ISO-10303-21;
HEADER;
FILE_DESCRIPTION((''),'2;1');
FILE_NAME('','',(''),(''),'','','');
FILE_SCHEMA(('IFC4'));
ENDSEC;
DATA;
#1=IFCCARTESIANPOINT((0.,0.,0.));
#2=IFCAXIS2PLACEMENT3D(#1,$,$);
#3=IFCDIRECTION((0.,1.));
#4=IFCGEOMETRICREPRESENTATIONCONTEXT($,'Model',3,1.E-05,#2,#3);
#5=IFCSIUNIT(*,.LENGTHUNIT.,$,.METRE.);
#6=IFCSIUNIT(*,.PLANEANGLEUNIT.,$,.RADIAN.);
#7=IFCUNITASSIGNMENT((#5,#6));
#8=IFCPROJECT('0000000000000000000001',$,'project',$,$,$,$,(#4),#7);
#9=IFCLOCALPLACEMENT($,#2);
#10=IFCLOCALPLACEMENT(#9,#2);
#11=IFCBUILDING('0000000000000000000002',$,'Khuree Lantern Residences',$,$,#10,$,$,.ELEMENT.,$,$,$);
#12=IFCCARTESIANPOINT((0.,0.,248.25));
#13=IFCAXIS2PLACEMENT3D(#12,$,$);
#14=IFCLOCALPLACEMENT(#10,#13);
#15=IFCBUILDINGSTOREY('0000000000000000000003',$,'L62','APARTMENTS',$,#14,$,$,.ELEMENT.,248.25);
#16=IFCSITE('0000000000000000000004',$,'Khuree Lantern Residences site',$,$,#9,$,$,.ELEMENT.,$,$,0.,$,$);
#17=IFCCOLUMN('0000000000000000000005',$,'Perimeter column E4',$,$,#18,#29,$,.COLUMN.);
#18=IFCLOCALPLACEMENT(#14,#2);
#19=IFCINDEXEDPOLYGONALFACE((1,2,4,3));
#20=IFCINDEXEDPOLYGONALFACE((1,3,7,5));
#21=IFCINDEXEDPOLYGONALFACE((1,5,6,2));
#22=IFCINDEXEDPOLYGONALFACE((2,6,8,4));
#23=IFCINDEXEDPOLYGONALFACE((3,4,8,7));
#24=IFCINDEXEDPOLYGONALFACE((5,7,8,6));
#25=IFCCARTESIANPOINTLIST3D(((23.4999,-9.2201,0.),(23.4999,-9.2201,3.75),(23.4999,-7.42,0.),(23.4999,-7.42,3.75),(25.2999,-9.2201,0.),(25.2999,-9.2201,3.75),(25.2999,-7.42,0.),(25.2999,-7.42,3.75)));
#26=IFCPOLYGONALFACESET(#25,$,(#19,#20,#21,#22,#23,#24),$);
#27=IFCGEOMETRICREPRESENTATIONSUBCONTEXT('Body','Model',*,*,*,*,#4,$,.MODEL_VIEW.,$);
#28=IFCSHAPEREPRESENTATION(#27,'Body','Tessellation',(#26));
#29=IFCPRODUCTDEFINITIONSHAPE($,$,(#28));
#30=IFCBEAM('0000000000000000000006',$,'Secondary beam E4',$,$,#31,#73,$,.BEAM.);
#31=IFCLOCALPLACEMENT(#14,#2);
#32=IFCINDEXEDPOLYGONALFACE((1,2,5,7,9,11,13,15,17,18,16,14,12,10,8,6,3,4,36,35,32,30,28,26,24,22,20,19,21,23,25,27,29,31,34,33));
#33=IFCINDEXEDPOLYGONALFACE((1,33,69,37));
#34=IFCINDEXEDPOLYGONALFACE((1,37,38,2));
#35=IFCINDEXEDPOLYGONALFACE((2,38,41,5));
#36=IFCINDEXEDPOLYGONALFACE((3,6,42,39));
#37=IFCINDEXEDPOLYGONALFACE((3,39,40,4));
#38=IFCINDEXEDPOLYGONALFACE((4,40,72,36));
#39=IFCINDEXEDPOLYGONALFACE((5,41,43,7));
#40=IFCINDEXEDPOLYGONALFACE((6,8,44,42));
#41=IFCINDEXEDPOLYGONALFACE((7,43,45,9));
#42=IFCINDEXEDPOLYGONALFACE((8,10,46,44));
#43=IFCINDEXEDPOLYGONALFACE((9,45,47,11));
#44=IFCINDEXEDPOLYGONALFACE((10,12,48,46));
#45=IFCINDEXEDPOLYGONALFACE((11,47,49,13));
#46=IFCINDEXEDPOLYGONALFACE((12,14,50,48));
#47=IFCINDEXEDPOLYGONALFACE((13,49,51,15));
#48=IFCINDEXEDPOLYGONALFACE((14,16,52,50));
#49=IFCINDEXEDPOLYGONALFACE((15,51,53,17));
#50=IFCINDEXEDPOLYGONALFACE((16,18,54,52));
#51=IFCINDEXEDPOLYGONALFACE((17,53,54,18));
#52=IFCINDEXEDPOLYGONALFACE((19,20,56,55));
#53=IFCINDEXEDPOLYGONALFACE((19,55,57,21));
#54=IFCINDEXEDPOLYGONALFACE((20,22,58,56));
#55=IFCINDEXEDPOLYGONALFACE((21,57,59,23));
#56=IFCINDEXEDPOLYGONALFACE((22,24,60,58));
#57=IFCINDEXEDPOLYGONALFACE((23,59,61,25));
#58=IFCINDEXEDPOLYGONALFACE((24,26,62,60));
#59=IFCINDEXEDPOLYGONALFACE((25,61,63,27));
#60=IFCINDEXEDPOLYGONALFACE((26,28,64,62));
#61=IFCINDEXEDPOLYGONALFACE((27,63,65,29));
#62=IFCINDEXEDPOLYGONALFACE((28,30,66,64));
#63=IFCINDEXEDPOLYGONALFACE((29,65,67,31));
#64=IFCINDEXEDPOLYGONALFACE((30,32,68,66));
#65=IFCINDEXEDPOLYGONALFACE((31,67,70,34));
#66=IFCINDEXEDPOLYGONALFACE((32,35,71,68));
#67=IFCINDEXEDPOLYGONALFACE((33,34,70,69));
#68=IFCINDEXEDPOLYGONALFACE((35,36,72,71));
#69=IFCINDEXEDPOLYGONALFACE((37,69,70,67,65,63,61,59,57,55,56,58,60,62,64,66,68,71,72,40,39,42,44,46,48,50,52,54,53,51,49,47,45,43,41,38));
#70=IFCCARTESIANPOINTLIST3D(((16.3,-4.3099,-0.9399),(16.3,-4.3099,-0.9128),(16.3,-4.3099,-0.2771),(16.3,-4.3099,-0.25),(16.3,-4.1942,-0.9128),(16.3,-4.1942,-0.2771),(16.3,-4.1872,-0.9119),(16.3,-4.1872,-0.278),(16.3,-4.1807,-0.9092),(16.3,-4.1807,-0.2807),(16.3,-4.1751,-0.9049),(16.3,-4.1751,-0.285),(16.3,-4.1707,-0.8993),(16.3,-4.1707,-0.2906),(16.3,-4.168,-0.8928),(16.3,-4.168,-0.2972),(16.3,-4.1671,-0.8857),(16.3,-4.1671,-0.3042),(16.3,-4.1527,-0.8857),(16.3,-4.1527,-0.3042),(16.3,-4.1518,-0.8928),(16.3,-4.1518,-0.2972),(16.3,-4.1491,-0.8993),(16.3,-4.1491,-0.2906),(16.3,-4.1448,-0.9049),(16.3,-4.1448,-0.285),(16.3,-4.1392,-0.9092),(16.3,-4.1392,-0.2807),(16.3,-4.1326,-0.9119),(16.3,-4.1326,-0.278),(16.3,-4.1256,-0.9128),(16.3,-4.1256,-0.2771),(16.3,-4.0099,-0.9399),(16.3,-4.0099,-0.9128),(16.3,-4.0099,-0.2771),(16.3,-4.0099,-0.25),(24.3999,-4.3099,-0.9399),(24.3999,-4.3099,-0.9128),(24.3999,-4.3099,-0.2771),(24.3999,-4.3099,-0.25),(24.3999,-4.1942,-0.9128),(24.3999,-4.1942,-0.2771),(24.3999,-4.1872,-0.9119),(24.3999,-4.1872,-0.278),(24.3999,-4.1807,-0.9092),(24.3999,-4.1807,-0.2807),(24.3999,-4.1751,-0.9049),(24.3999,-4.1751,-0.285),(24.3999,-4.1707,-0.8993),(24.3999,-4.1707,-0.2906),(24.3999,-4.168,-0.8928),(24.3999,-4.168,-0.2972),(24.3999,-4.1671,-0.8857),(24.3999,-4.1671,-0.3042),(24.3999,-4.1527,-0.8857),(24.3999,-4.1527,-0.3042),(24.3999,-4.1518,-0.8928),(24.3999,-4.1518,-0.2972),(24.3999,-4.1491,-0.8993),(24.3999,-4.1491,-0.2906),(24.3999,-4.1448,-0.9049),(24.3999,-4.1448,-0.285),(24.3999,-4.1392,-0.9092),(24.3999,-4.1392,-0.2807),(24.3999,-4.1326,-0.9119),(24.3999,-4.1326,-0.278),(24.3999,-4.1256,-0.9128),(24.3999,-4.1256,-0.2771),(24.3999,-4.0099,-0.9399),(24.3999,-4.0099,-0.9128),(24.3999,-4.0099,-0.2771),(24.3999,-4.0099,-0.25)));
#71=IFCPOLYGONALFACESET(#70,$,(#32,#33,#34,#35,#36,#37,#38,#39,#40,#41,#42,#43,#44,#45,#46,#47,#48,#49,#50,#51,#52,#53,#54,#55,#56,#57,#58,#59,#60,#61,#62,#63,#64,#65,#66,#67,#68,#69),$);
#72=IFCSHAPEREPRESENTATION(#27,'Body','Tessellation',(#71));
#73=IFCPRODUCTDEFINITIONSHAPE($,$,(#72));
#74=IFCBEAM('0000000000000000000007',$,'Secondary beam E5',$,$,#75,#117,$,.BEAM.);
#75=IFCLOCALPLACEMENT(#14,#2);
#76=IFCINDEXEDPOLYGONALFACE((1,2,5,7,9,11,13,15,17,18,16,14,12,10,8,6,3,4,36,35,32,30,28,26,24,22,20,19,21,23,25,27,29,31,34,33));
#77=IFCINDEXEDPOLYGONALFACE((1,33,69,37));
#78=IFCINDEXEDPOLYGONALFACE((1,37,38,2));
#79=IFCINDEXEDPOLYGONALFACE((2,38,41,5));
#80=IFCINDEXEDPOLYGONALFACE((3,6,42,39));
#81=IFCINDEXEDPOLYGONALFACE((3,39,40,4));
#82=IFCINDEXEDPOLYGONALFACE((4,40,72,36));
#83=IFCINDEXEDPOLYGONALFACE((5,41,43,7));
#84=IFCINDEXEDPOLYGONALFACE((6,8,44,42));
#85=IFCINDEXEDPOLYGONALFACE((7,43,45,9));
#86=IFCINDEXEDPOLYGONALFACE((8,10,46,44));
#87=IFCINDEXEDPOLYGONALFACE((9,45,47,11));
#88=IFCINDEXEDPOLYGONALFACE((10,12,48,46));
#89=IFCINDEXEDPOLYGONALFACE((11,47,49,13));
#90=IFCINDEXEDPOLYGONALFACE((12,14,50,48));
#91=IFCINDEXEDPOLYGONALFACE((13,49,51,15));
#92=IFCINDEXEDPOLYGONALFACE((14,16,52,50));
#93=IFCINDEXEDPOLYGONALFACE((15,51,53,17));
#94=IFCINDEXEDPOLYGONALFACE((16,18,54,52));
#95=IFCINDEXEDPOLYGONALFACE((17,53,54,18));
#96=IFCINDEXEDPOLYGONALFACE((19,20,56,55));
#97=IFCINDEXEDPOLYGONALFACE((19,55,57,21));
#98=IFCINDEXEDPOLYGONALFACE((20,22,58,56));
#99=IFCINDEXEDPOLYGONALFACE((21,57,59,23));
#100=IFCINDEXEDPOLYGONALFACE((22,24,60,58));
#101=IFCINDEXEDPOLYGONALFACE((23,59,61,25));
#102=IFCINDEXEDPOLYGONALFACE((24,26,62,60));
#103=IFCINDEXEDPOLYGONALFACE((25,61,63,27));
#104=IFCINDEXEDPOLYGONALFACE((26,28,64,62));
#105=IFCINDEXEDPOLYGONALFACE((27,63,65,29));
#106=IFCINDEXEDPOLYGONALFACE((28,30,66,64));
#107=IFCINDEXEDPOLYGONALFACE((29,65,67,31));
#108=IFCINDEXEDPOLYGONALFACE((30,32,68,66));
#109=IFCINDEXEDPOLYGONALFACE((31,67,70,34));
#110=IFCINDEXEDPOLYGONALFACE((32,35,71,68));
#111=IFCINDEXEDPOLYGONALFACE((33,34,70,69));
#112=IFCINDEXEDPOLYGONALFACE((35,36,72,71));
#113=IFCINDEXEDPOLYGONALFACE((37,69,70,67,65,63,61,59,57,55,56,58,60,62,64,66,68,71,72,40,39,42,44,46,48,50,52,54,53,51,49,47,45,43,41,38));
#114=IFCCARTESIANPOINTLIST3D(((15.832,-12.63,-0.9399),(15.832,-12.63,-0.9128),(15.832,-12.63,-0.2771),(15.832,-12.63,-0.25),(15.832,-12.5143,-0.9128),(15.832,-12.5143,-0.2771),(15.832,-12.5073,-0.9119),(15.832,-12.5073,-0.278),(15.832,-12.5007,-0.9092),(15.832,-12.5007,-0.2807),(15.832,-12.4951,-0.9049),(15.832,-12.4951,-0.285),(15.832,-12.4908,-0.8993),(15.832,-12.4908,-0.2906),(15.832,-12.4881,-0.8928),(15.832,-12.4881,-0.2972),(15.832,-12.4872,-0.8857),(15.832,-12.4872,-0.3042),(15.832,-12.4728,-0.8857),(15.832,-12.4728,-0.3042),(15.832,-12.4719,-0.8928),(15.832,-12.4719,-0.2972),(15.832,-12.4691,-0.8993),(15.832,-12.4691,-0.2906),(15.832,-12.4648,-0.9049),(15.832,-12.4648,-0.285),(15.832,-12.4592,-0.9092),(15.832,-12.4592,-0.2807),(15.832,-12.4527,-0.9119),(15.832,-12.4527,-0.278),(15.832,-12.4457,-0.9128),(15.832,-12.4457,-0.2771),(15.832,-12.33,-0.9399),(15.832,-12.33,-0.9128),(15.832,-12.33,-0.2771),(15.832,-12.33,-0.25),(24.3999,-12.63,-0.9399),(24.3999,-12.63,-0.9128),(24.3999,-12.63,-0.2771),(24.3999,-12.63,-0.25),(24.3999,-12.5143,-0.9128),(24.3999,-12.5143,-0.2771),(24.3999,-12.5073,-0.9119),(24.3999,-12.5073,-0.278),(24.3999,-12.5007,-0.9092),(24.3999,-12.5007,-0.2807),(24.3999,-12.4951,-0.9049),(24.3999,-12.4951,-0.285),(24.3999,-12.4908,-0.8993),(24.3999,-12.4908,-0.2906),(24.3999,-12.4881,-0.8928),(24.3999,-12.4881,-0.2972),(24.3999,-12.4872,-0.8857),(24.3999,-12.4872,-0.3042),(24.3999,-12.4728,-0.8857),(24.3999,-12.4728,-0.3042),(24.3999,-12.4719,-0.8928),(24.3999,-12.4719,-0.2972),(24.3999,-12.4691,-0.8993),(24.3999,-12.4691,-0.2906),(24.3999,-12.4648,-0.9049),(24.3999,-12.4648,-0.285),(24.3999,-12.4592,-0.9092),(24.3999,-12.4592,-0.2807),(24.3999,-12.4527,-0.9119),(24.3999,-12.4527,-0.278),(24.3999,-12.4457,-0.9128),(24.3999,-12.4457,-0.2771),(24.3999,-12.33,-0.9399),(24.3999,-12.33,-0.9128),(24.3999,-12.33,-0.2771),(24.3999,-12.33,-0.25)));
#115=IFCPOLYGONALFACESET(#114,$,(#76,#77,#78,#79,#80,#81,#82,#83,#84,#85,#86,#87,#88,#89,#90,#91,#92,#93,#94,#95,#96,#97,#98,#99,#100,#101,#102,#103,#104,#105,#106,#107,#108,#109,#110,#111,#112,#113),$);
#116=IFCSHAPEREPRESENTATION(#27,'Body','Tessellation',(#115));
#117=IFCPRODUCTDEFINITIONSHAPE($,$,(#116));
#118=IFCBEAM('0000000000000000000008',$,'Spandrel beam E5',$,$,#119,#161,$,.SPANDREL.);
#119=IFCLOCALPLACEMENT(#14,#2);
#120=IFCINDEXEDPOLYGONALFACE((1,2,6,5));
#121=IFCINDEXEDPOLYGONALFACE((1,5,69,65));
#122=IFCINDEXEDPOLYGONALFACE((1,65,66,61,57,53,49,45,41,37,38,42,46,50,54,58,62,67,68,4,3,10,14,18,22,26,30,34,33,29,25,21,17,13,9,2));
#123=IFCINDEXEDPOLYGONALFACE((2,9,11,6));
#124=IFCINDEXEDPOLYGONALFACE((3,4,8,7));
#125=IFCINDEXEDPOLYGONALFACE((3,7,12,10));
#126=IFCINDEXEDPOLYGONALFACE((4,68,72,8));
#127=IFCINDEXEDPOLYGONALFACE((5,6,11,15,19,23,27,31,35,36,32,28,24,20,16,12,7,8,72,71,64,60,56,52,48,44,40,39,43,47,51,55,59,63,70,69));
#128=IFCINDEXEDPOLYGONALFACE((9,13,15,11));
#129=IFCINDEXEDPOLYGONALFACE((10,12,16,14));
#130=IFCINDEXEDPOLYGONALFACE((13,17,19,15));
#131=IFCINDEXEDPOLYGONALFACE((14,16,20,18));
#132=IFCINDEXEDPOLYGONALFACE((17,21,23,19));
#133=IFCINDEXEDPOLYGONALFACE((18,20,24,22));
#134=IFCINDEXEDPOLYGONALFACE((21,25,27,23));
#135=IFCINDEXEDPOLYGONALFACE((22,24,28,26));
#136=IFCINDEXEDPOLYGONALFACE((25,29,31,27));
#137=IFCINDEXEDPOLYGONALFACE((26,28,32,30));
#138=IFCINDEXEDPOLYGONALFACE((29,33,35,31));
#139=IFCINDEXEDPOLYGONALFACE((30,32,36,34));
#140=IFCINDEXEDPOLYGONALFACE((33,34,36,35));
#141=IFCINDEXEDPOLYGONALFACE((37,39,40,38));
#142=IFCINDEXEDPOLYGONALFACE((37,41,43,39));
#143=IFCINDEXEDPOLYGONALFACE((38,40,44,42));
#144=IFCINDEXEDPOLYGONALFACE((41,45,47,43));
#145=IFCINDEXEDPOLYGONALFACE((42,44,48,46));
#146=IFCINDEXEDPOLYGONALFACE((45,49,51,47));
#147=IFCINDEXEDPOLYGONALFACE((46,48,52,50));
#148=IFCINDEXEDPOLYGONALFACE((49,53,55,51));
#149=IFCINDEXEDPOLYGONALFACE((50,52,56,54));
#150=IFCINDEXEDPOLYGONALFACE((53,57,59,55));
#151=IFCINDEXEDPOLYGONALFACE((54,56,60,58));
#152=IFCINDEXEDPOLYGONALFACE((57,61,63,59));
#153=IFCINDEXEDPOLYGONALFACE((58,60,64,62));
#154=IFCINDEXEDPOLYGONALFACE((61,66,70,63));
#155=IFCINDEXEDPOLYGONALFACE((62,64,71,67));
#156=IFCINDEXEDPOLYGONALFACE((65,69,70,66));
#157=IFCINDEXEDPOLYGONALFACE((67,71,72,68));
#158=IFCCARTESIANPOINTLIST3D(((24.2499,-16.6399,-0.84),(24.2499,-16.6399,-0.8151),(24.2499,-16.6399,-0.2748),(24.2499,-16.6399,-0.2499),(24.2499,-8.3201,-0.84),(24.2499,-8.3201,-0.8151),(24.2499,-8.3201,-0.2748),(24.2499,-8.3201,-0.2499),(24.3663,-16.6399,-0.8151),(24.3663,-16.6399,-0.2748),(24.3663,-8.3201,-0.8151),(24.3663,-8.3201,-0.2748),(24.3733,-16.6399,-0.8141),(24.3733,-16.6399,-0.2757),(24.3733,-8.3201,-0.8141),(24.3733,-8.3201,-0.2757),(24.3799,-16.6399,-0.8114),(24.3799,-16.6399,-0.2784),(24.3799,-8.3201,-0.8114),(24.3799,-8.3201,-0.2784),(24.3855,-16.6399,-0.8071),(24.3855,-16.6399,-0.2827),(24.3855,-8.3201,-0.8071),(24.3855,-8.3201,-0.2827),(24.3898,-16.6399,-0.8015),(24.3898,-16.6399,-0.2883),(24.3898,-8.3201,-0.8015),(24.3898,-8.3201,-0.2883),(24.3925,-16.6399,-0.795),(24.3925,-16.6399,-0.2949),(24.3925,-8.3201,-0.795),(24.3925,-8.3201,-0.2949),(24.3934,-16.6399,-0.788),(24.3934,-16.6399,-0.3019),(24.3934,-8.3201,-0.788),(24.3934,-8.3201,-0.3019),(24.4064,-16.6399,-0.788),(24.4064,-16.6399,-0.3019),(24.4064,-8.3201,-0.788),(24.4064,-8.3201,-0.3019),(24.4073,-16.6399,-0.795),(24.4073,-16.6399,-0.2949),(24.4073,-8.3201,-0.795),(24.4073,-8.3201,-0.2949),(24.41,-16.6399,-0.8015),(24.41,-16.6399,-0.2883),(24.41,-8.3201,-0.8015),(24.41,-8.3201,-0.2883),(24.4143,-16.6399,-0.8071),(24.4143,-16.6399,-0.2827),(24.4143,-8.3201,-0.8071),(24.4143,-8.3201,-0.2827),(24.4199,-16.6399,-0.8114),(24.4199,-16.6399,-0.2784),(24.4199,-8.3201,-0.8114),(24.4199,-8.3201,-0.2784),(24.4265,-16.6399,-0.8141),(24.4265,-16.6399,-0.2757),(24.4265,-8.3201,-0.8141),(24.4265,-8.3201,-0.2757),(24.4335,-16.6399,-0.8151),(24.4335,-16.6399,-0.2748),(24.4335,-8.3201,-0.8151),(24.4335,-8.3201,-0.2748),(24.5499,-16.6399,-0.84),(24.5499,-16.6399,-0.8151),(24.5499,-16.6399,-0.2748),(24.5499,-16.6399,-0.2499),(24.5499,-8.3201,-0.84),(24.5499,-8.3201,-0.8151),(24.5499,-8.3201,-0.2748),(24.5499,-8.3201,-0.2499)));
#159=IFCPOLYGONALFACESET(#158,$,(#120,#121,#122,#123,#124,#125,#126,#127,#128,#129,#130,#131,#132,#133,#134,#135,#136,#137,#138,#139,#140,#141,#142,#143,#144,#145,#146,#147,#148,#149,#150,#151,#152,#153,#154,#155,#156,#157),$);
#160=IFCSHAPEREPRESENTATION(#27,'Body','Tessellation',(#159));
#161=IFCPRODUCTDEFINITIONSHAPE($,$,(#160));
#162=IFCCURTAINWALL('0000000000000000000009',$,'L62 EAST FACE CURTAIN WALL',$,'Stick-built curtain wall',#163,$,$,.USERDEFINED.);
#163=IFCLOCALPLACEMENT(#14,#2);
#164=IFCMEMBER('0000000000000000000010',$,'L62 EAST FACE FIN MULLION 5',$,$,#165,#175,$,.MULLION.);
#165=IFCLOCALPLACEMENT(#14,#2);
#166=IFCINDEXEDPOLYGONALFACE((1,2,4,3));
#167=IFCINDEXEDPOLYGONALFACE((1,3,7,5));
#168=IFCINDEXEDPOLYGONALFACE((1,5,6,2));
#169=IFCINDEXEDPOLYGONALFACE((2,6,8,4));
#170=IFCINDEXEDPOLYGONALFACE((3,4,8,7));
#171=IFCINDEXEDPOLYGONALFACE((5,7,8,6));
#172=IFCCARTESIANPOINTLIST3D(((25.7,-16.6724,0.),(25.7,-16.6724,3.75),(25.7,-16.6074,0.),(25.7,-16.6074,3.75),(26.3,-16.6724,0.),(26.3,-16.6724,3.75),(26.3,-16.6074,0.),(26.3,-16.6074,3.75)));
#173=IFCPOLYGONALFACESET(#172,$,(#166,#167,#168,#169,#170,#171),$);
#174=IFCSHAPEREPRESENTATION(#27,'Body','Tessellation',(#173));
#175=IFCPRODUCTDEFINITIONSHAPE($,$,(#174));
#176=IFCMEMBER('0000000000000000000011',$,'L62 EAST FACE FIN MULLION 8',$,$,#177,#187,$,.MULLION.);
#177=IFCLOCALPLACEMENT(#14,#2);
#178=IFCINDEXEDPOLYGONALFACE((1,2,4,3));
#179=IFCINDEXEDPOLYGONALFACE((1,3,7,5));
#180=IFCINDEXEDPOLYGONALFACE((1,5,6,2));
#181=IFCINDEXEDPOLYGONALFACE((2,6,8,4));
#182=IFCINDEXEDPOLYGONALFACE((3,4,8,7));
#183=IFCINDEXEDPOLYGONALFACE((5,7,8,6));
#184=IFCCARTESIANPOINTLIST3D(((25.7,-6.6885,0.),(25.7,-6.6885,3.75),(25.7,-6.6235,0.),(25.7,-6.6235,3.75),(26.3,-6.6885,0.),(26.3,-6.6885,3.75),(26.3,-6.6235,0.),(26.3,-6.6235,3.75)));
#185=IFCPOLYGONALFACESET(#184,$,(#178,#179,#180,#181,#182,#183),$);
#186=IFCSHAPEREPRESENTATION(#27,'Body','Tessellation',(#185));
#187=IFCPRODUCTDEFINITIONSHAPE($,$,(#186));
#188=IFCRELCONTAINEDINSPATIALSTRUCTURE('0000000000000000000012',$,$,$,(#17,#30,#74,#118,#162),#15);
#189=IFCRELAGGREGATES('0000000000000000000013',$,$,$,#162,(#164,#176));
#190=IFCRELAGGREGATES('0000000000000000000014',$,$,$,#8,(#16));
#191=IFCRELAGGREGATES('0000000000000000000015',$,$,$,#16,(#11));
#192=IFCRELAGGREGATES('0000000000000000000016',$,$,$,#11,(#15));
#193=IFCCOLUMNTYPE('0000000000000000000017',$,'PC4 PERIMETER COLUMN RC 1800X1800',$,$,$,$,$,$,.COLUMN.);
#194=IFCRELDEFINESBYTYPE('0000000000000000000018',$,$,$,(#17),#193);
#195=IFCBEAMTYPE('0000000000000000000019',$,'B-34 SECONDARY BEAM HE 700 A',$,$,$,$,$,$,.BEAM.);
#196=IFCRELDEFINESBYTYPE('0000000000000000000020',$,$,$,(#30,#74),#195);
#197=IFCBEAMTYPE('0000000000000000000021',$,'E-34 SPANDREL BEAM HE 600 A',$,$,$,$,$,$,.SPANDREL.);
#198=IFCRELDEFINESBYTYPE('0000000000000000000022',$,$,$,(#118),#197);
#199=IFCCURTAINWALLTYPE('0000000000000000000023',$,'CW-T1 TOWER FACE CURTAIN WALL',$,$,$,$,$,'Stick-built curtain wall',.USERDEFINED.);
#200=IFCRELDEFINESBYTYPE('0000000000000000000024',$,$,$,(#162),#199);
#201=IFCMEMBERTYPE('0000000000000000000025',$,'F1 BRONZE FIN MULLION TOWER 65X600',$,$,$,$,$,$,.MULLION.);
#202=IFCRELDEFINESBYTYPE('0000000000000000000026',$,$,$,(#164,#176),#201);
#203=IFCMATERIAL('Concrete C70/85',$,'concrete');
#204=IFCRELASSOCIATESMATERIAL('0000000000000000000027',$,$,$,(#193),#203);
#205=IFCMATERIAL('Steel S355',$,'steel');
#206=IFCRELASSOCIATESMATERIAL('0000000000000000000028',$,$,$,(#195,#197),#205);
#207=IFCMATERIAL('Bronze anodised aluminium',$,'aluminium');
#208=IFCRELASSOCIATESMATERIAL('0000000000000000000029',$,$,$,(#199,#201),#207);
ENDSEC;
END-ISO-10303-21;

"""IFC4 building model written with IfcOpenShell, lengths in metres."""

from ifc_helpers import new_model, si_unit, direction, frame, origin, origin_2d, place, context, subcontext, project, spatial, rectangle, i_section, extrude, material, material_profile, profile_set, type_object, element, aggregate, save


model = new_model("IFC4")

# Units and contexts
model_context = context("Model", 3, precision=1e-05, world=origin(), true_north=direction((0.0, 1.0)))
body_context = subcontext(model_context, "Body", "Model", "MODEL_VIEW")
ifc_project = project(units=[si_unit("LENGTHUNIT", "METRE"), si_unit("PLANEANGLEUNIT", "RADIAN")], contexts=[model_context])

# Site, building, storey
site_placement = place(None, origin())
site = spatial("IfcSite", under=ifc_project, at=site_placement, Name="Khuree Lantern Residences site", CompositionType="ELEMENT", RefElevation=0.0)
building_placement = place(site_placement, origin())
building = spatial("IfcBuilding", under=site, at=building_placement, Name="Khuree Lantern Residences", CompositionType="ELEMENT")
storey_placement = place(building_placement, frame((0.0, 0.0, 248.25)))
storey = spatial("IfcBuildingStorey", under=building, at=storey_placement, Name="L62", Description="APARTMENTS", CompositionType="ELEMENT", Elevation=248.25)

# Column
ifc_material_1 = material(Name="Concrete C70/85", Category="concrete")
ifc_material_profile_1 = material_profile(ifc_material_1, rectangle(XDim=1.8, YDim=1.8, at=origin_2d()), Name="RC 1800X1800")
ifc_profile_set_1 = profile_set([ifc_material_profile_1], Name="Concrete C70/85")
column_type = type_object("IfcColumnType", Name="PC4 PERIMETER COLUMN RC 1800X1800", PredefinedType="COLUMN", material=ifc_profile_set_1)
column_placement = place(storey_placement, frame((24.3999, -8.3201, 0.0), z_axis=(0.0, 0.0, 1.0), x_axis=(0.0, 1.0, 0.0)))
element("IfcColumn", 1, at=column_placement, inside=storey, type_object=column_type, Name="Perimeter column E4", PredefinedType="COLUMN", context=body_context, shape_type="SweptSolid", body=[
    extrude(rectangle(XDim=1.8, YDim=1.8, at=origin_2d()), origin(), (0.0, 0.0, 1.0), 3.75),
])

# Beams
ifc_material_2 = material(Name="Steel S355", Category="steel")
ifc_material_profile_2 = material_profile(ifc_material_2, i_section(OverallWidth=0.3, OverallDepth=0.6899, WebThickness=0.0144, FlangeThickness=0.0271, FilletRadius=0.0271, at=origin_2d()), Name="HE 700 A")
ifc_profile_set_2 = profile_set([ifc_material_profile_2], Name="Steel S355")
beam_type_1 = type_object("IfcBeamType", Name="B-34 SECONDARY BEAM HE 700 A", PredefinedType="BEAM", material=ifc_profile_set_2)
beam_1_placement = place(storey_placement, frame((24.3999, -4.1599, -0.595), z_axis=(-1.0, 0.0, 0.0), x_axis=(0.0, -1.0, 0.0)))
element("IfcBeam", 2, at=beam_1_placement, inside=storey, type_object=beam_type_1, Name="Secondary beam E4", PredefinedType="BEAM", context=body_context, shape_type="SweptSolid", body=[
    extrude(i_section(OverallWidth=0.3, OverallDepth=0.6899, WebThickness=0.0144, FlangeThickness=0.0271, FilletRadius=0.0271, at=origin_2d()), origin(), (0.0, 0.0, 1.0), 8.0999),
])
beam_2_placement = place(storey_placement, frame((24.3999, -12.48, -0.595), z_axis=(-1.0, 0.0, 0.0), x_axis=(0.0, -1.0, 0.0)))
element("IfcBeam", 3, at=beam_2_placement, inside=storey, type_object=beam_type_1, Name="Secondary beam E5", PredefinedType="BEAM", context=body_context, shape_type="SweptSolid", body=[
    extrude(i_section(OverallWidth=0.3, OverallDepth=0.6899, WebThickness=0.0144, FlangeThickness=0.0271, FilletRadius=0.0271, at=origin_2d()), origin(), (0.0, 0.0, 1.0), 8.5679),
])
ifc_material_profile_3 = material_profile(ifc_material_2, i_section(OverallWidth=0.3, OverallDepth=0.5901, WebThickness=0.0129, FlangeThickness=0.0249, FilletRadius=0.0271, at=origin_2d()), Name="HE 600 A")
ifc_profile_set_3 = profile_set([ifc_material_profile_3], Name="Steel S355")
beam_type_2 = type_object("IfcBeamType", Name="E-34 SPANDREL BEAM HE 600 A", PredefinedType="SPANDREL", material=ifc_profile_set_3)
beam_3_placement = place(storey_placement, frame((24.3999, -8.3201, -0.5449), z_axis=(0.0, -1.0, 0.0), x_axis=(1.0, 0.0, 0.0)))
element("IfcBeam", 4, at=beam_3_placement, inside=storey, type_object=beam_type_2, Name="Spandrel beam E5", PredefinedType="SPANDREL", context=body_context, shape_type="SweptSolid", body=[
    extrude(i_section(OverallWidth=0.3, OverallDepth=0.5901, WebThickness=0.0129, FlangeThickness=0.0249, FilletRadius=0.0271, at=origin_2d()), origin(), (0.0, 0.0, 1.0), 8.3198),
])

# Curtain wall, members
ifc_material_3 = material(Name="Bronze anodised aluminium", Category="aluminium")
curtain_wall_type = type_object("IfcCurtainWallType", Name="CW-T1 TOWER FACE CURTAIN WALL", ElementType="Stick-built curtain wall", PredefinedType="USERDEFINED", material=ifc_material_3)
curtain_wall_placement = place(storey_placement, origin())
curtain_wall = element("IfcCurtainWall", 5, at=curtain_wall_placement, inside=storey, type_object=curtain_wall_type, Name="L62 EAST FACE CURTAIN WALL", ObjectType="Stick-built curtain wall", PredefinedType="USERDEFINED")
ifc_material_profile_4 = material_profile(ifc_material_3, rectangle(XDim=0.0649, YDim=0.6001, at=origin_2d()), Name="F1 65X600")
ifc_profile_set_4 = profile_set([ifc_material_profile_4], Name="Bronze anodised aluminium")
member_type_1 = type_object("IfcMemberType", Name="F1 BRONZE FIN MULLION TOWER 65X600", PredefinedType="MULLION", material=ifc_profile_set_4)
member_1_placement = place(storey_placement, frame((26.0, -16.6399, 0.0), z_axis=(0.0, 0.0, 1.0), x_axis=(0.0, 1.0, 0.0)))
member_1 = element("IfcMember", 6, at=member_1_placement, type_object=member_type_1, Name="L62 EAST FACE FIN MULLION 5", PredefinedType="MULLION", context=body_context, shape_type="SweptSolid", body=[
    extrude(rectangle(XDim=0.0649, YDim=0.6001, at=origin_2d()), origin(), (0.0, 0.0, 1.0), 3.75),
])
member_2_placement = place(storey_placement, frame((26.0, -6.656, 0.0), z_axis=(0.0, 0.0, 1.0), x_axis=(0.0, 1.0, 0.0)))
member_2 = element("IfcMember", 7, at=member_2_placement, type_object=member_type_1, Name="L62 EAST FACE FIN MULLION 8", PredefinedType="MULLION", context=body_context, shape_type="SweptSolid", body=[
    extrude(rectangle(XDim=0.0649, YDim=0.6001, at=origin_2d()), origin(), (0.0, 0.0, 1.0), 3.75),
])

aggregate(curtain_wall, [member_1, member_2])

save(model, "model.ifc")
